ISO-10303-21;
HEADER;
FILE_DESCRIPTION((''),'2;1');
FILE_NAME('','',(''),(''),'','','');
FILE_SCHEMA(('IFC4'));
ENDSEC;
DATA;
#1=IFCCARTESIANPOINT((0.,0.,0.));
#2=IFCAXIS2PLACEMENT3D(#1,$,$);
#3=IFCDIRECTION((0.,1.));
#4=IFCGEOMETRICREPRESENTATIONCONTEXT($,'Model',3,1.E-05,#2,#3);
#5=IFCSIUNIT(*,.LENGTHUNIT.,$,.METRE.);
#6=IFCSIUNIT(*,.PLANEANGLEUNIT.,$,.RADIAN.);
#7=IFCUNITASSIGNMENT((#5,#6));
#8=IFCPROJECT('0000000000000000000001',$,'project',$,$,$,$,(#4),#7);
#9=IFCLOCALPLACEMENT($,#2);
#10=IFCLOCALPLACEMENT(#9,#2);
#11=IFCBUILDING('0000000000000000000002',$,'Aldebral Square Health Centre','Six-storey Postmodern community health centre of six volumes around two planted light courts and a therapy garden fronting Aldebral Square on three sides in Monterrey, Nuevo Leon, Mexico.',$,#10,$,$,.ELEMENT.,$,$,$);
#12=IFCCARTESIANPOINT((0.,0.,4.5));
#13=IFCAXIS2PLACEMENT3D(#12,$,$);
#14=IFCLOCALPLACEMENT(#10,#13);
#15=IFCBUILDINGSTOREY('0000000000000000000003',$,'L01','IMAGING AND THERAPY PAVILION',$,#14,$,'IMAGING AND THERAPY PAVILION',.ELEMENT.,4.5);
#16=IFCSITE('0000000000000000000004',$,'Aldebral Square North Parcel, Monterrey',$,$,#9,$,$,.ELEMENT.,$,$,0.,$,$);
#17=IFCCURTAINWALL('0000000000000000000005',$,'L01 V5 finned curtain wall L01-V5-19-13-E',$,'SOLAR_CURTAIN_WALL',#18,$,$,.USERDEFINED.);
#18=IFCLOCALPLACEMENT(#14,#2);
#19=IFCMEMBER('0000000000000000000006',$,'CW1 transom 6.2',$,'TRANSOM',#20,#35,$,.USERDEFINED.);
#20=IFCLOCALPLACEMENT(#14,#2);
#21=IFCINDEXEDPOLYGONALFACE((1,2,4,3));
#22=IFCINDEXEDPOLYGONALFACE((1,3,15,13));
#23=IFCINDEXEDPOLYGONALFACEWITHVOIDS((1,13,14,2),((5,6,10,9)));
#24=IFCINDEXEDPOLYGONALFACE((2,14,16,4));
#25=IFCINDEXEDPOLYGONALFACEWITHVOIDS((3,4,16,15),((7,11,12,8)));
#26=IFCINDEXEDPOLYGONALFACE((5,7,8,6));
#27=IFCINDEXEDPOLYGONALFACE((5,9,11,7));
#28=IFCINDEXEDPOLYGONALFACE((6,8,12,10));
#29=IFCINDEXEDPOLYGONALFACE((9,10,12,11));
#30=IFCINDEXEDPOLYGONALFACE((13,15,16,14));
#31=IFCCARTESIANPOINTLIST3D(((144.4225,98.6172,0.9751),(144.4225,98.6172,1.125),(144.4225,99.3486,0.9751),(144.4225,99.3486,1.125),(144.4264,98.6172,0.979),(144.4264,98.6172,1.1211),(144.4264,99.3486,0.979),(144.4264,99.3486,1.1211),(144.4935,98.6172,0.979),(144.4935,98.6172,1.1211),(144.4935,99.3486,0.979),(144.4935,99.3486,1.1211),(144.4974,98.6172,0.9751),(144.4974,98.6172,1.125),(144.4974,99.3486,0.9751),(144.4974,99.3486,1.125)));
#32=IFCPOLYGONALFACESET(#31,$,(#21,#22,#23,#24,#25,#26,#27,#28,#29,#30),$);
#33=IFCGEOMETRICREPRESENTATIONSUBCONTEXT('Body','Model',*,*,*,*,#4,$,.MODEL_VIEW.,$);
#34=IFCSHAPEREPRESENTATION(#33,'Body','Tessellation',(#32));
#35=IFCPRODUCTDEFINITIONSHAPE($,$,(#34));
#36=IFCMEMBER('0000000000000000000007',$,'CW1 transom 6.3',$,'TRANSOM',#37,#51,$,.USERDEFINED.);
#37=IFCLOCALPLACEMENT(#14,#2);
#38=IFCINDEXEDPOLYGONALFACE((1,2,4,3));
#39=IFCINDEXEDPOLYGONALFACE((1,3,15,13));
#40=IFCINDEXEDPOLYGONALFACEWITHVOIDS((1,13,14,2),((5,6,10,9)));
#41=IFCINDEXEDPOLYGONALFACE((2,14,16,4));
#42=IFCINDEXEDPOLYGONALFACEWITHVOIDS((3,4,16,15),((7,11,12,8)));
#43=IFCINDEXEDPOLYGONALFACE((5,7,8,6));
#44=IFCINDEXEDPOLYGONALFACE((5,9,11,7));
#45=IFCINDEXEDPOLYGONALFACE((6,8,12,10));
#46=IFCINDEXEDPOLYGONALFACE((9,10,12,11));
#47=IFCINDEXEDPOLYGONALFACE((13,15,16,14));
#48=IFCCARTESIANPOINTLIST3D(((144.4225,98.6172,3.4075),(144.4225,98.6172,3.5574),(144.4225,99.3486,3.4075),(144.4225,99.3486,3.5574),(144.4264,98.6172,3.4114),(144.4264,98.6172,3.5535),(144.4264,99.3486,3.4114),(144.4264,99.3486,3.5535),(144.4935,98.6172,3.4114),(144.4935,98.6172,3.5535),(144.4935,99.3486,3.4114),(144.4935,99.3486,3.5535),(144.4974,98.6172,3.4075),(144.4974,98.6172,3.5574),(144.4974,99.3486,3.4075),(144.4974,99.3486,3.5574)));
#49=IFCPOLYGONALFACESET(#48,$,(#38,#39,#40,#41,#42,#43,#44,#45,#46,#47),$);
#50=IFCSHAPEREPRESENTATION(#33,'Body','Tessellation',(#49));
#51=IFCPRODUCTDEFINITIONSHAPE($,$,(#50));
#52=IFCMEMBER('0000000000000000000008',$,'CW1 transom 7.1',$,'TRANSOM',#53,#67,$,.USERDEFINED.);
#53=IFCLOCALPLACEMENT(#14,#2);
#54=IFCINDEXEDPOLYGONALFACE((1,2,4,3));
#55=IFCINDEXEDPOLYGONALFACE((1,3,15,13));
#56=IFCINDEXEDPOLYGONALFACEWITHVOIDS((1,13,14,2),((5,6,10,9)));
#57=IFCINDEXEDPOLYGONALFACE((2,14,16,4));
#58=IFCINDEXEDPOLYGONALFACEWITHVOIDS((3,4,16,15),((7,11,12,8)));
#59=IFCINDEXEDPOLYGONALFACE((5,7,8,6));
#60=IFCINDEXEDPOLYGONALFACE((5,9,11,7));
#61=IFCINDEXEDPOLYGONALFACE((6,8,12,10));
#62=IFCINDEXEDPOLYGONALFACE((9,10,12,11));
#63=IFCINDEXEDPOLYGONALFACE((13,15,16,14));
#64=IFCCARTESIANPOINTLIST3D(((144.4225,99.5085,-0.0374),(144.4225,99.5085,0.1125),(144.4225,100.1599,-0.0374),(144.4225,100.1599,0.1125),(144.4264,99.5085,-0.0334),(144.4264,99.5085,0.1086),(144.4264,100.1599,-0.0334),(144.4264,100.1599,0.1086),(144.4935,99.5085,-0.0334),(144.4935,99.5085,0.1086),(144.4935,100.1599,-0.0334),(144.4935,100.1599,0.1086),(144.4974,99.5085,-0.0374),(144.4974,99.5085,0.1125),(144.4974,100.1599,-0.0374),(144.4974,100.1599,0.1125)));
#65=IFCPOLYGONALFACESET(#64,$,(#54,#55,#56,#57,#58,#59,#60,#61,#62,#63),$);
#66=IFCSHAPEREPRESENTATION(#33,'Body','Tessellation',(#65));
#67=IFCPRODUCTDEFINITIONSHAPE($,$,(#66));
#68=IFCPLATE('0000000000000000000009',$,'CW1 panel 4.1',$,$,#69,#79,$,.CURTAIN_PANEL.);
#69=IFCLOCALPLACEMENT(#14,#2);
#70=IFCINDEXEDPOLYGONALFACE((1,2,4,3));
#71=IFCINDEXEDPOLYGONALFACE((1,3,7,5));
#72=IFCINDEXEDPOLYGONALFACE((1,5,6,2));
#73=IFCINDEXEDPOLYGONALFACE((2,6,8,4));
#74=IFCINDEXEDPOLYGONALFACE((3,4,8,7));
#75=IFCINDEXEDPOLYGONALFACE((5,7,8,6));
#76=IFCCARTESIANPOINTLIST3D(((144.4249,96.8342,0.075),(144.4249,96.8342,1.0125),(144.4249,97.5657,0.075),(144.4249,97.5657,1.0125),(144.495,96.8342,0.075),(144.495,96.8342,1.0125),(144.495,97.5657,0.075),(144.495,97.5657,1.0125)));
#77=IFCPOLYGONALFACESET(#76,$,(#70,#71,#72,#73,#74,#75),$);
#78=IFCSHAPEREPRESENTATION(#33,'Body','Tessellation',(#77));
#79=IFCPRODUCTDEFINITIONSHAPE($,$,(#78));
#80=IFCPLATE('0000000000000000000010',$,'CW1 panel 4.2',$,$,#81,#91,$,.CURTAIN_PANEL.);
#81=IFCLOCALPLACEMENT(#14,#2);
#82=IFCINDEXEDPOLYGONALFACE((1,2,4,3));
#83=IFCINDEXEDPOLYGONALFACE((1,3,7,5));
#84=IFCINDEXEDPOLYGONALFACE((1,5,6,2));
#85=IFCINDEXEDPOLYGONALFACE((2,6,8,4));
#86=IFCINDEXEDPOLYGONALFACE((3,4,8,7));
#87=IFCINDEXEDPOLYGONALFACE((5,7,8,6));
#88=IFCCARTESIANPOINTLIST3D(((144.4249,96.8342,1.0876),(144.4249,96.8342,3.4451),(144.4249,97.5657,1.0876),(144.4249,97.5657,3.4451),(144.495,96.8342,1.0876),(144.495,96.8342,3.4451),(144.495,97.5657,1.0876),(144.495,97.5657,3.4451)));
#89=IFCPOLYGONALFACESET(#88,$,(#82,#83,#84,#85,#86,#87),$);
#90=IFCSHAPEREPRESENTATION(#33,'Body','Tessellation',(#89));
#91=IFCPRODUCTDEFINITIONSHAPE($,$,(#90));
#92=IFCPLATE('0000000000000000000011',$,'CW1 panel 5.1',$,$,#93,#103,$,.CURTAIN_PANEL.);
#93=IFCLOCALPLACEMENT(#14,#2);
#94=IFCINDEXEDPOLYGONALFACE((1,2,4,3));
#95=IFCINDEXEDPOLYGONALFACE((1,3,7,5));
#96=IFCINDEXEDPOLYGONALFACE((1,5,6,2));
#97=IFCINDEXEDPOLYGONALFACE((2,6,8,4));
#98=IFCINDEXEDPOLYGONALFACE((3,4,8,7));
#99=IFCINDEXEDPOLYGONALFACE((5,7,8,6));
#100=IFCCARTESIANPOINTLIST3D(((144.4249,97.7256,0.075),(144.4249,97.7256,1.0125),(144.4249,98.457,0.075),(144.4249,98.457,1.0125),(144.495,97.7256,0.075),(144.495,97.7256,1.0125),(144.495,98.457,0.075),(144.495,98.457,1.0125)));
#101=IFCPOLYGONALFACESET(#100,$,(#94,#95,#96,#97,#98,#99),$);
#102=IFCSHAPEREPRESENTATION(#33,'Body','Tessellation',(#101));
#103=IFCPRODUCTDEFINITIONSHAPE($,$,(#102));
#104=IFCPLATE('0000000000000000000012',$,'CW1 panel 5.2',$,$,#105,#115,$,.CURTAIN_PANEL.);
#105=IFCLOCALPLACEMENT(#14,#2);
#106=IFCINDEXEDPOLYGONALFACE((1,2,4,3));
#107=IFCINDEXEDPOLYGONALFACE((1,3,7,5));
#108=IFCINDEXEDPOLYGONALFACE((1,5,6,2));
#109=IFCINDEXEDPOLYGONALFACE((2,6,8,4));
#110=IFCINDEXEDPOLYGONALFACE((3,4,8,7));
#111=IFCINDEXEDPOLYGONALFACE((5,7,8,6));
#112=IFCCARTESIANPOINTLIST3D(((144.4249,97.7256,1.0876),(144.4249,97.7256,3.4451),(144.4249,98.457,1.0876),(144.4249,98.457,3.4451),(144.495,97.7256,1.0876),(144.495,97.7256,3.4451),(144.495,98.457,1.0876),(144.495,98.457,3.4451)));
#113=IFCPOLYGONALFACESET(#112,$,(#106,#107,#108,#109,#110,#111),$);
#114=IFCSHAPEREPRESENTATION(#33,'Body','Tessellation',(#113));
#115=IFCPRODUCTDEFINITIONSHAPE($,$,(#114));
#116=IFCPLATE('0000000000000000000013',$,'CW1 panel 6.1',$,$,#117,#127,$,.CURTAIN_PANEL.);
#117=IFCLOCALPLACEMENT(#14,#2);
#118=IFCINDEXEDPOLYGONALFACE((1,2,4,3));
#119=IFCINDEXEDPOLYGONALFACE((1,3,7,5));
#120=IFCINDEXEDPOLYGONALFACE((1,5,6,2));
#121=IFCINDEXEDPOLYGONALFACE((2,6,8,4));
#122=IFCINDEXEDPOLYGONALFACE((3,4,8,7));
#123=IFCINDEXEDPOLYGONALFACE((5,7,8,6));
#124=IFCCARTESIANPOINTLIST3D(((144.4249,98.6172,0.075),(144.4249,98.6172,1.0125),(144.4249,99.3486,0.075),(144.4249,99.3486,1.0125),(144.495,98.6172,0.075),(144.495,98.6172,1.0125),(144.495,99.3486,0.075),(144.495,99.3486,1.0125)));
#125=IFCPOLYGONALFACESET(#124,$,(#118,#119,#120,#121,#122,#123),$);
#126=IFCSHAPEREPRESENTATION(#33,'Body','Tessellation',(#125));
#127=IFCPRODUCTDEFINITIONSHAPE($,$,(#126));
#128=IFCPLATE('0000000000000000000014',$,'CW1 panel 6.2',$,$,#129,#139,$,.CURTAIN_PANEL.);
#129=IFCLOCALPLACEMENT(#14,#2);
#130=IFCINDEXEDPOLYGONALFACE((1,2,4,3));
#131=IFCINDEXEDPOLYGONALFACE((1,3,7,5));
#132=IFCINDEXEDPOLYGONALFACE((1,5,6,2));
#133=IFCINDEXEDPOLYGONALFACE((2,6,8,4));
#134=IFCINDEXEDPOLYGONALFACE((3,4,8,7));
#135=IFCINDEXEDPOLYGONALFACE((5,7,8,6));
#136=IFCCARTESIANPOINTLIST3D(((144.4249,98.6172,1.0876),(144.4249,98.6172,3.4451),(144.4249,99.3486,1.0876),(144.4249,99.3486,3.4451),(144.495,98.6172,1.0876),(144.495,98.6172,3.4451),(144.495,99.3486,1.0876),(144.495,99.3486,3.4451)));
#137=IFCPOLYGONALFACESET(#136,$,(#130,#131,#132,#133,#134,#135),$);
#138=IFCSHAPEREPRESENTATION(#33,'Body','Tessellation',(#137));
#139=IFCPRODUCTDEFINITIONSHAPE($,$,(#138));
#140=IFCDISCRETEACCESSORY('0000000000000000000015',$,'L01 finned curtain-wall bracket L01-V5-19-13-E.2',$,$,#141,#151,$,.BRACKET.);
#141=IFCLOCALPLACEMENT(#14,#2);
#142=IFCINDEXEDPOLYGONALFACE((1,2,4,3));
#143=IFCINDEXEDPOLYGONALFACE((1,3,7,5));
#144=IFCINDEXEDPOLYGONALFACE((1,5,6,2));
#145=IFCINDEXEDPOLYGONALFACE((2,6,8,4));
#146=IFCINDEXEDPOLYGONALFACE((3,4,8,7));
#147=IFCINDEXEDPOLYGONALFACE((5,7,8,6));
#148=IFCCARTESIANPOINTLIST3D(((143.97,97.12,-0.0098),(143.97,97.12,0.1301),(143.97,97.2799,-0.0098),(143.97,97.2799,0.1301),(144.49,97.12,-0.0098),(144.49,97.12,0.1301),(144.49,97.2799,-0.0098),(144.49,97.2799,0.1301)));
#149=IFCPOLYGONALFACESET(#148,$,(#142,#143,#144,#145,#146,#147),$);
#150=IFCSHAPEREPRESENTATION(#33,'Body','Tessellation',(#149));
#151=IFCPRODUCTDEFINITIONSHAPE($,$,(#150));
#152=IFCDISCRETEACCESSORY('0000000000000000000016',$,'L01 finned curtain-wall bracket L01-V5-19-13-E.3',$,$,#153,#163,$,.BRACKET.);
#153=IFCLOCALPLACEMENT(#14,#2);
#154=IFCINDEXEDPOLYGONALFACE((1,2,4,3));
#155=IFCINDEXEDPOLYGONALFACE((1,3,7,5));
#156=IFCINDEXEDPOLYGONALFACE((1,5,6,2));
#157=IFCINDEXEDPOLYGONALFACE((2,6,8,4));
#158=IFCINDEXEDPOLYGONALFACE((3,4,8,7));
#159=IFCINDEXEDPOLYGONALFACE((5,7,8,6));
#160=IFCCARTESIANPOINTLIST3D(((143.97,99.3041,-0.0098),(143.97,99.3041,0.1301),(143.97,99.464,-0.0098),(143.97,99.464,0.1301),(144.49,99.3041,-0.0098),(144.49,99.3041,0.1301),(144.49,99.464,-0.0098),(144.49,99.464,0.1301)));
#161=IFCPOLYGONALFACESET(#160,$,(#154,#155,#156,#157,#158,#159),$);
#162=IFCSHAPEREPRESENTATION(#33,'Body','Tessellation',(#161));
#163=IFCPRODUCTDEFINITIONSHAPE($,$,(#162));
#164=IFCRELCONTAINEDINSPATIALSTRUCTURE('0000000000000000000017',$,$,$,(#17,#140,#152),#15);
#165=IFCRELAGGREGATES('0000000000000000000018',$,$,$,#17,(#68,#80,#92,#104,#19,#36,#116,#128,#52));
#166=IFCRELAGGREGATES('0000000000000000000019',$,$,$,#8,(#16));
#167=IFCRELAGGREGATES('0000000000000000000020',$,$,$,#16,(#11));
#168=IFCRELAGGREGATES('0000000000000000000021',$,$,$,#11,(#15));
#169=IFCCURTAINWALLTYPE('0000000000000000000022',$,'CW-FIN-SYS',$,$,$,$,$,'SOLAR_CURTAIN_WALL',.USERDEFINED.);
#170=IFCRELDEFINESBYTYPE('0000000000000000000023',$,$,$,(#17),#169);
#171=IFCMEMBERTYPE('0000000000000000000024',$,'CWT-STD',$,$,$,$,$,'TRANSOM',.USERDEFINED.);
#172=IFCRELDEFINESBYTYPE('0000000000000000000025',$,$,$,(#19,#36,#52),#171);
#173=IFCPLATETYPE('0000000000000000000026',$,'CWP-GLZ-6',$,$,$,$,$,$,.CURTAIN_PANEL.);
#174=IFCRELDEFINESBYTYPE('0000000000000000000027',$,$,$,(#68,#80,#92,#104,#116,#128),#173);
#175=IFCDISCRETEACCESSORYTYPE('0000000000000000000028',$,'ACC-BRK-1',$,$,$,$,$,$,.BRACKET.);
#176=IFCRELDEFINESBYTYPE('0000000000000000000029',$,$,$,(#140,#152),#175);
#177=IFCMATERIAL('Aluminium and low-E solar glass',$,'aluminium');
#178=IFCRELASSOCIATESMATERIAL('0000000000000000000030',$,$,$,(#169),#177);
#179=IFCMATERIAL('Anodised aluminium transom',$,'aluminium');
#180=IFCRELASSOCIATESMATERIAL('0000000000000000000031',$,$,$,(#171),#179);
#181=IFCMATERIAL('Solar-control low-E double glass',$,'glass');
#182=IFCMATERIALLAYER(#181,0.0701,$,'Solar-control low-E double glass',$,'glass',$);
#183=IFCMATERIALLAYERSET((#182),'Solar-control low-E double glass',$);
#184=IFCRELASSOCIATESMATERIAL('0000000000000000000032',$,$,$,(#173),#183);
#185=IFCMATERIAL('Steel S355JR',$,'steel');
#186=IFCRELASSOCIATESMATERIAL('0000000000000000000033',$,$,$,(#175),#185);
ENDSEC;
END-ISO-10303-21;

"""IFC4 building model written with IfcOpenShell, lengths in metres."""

from ifc_helpers import new_model, si_unit, direction, frame, origin, origin_2d, place, context, subcontext, project, spatial, rectangle, hollow_rectangle, extrude, material, layer, layer_set, material_profile, profile_set, type_object, element, aggregate, save


model = new_model("IFC4")

# Units and contexts
model_context = context("Model", 3, precision=1e-05, world=origin(), true_north=direction((0.0, 1.0)))
body_context = subcontext(model_context, "Body", "Model", "MODEL_VIEW")
ifc_project = project(units=[si_unit("LENGTHUNIT", "METRE"), si_unit("PLANEANGLEUNIT", "RADIAN")], contexts=[model_context])

# Site, building, storey
site_placement = place(None, origin())
site = spatial("IfcSite", under=ifc_project, at=site_placement, Name="Aldebral Square North Parcel, Monterrey", CompositionType="ELEMENT", RefElevation=0.0)
building_placement = place(site_placement, origin())
building = spatial("IfcBuilding", under=site, at=building_placement, Name="Aldebral Square Health Centre", Description="Six-storey Postmodern community health centre of six volumes around two planted light courts and a therapy garden fronting Aldebral Square on three sides in Monterrey, Nuevo Leon, Mexico.", CompositionType="ELEMENT")
storey_placement = place(building_placement, frame((0.0, 0.0, 4.5)))
storey = spatial("IfcBuildingStorey", under=building, at=storey_placement, Name="L01", Description="IMAGING AND THERAPY PAVILION", LongName="IMAGING AND THERAPY PAVILION", CompositionType="ELEMENT", Elevation=4.5)

# Curtain wall, members, plates
ifc_material_1 = material(Name="Aluminium and low-E solar glass", Category="aluminium")
curtain_wall_type = type_object("IfcCurtainWallType", Name="CW-FIN-SYS", ElementType="SOLAR_CURTAIN_WALL", PredefinedType="USERDEFINED", material=ifc_material_1)
curtain_wall_placement = place(storey_placement, origin())
curtain_wall = element("IfcCurtainWall", 1, at=curtain_wall_placement, inside=storey, type_object=curtain_wall_type, Name="L01 V5 finned curtain wall L01-V5-19-13-E", ObjectType="SOLAR_CURTAIN_WALL", PredefinedType="USERDEFINED")
ifc_material_2 = material(Name="Anodised aluminium transom", Category="aluminium")
ifc_material_profile_1 = material_profile(ifc_material_2, hollow_rectangle(XDim=0.075, YDim=0.1499, WallThickness=0.0039, at=origin_2d()), Name="CWT 75x150x4")
ifc_profile_set_1 = profile_set([ifc_material_profile_1], Name="Anodised aluminium transom")
member_type_1 = type_object("IfcMemberType", Name="CWT-STD", ElementType="TRANSOM", PredefinedType="USERDEFINED", material=ifc_profile_set_1)
member_1_placement = place(storey_placement, frame((144.46, 98.6172, 1.05), z_axis=(0.0, 1.0, 0.0), x_axis=(-1.0, 0.0, 0.0)))
member_1 = element("IfcMember", 2, at=member_1_placement, type_object=member_type_1, Name="CW1 transom 6.2", ObjectType="TRANSOM", PredefinedType="USERDEFINED", context=body_context, shape_type="SweptSolid", body=[
    extrude(hollow_rectangle(XDim=0.075, YDim=0.1499, WallThickness=0.0039, at=origin_2d()), origin(), (0.0, 0.0, 1.0), 0.7314),
])
member_2_placement = place(storey_placement, frame((144.46, 98.6172, 3.4824), z_axis=(0.0, 1.0, 0.0), x_axis=(-1.0, 0.0, 0.0)))
member_2 = element("IfcMember", 3, at=member_2_placement, type_object=member_type_1, Name="CW1 transom 6.3", ObjectType="TRANSOM", PredefinedType="USERDEFINED", context=body_context, shape_type="SweptSolid", body=[
    extrude(hollow_rectangle(XDim=0.075, YDim=0.1499, WallThickness=0.0039, at=origin_2d()), origin(), (0.0, 0.0, 1.0), 0.7314),
])
member_3_placement = place(storey_placement, frame((144.46, 99.5085, 0.0376), z_axis=(0.0, 1.0, 0.0), x_axis=(-1.0, 0.0, 0.0)))
member_3 = element("IfcMember", 4, at=member_3_placement, type_object=member_type_1, Name="CW1 transom 7.1", ObjectType="TRANSOM", PredefinedType="USERDEFINED", context=body_context, shape_type="SweptSolid", body=[
    extrude(hollow_rectangle(XDim=0.075, YDim=0.1499, WallThickness=0.0039, at=origin_2d()), origin(), (0.0, 0.0, 1.0), 0.6514),
])
ifc_material_3 = material(Name="Solar-control low-E double glass", Category="glass")
ifc_layer = layer(ifc_material_3, 0.0701, Name="Solar-control low-E double glass", Category="glass")
ifc_layer_set = layer_set([ifc_layer], Name="Solar-control low-E double glass")
plate_type = type_object("IfcPlateType", Name="CWP-GLZ-6", PredefinedType="CURTAIN_PANEL", material=ifc_layer_set)
plate_1_placement = place(storey_placement, frame((144.46, 97.2, 0.075), z_axis=(0.0, 0.0, 1.0), x_axis=(0.0, 1.0, 0.0)))
plate_1 = element("IfcPlate", 5, at=plate_1_placement, type_object=plate_type, Name="CW1 panel 4.1", PredefinedType="CURTAIN_PANEL", context=body_context, shape_type="SweptSolid", body=[
    extrude(rectangle(XDim=0.7314, YDim=0.0701, at=origin_2d()), origin(), (0.0, 0.0, 1.0), 0.9375),
])
plate_2_placement = place(storey_placement, frame((144.46, 97.2, 1.0876), z_axis=(0.0, 0.0, 1.0), x_axis=(0.0, 1.0, 0.0)))
plate_2 = element("IfcPlate", 6, at=plate_2_placement, type_object=plate_type, Name="CW1 panel 4.2", PredefinedType="CURTAIN_PANEL", context=body_context, shape_type="SweptSolid", body=[
    extrude(rectangle(XDim=0.7314, YDim=0.0701, at=origin_2d()), origin(), (0.0, 0.0, 1.0), 2.3574),
])
plate_3_placement = place(storey_placement, frame((144.46, 98.0913, 0.075), z_axis=(0.0, 0.0, 1.0), x_axis=(0.0, 1.0, 0.0)))
plate_3 = element("IfcPlate", 7, at=plate_3_placement, type_object=plate_type, Name="CW1 panel 5.1", PredefinedType="CURTAIN_PANEL", context=body_context, shape_type="SweptSolid", body=[
    extrude(rectangle(XDim=0.7314, YDim=0.0701, at=origin_2d()), origin(), (0.0, 0.0, 1.0), 0.9375),
])
plate_4_placement = place(storey_placement, frame((144.46, 98.0913, 1.0876), z_axis=(0.0, 0.0, 1.0), x_axis=(0.0, 1.0, 0.0)))
plate_4 = element("IfcPlate", 8, at=plate_4_placement, type_object=plate_type, Name="CW1 panel 5.2", PredefinedType="CURTAIN_PANEL", context=body_context, shape_type="SweptSolid", body=[
    extrude(rectangle(XDim=0.7314, YDim=0.0701, at=origin_2d()), origin(), (0.0, 0.0, 1.0), 2.3574),
])
plate_5_placement = place(storey_placement, frame((144.46, 98.9829, 0.075), z_axis=(0.0, 0.0, 1.0), x_axis=(0.0, 1.0, 0.0)))
plate_5 = element("IfcPlate", 9, at=plate_5_placement, type_object=plate_type, Name="CW1 panel 6.1", PredefinedType="CURTAIN_PANEL", context=body_context, shape_type="SweptSolid", body=[
    extrude(rectangle(XDim=0.7314, YDim=0.0701, at=origin_2d()), origin(), (0.0, 0.0, 1.0), 0.9375),
])
plate_6_placement = place(storey_placement, frame((144.46, 98.9829, 1.0876), z_axis=(0.0, 0.0, 1.0), x_axis=(0.0, 1.0, 0.0)))
plate_6 = element("IfcPlate", 10, at=plate_6_placement, type_object=plate_type, Name="CW1 panel 6.2", PredefinedType="CURTAIN_PANEL", context=body_context, shape_type="SweptSolid", body=[
    extrude(rectangle(XDim=0.7314, YDim=0.0701, at=origin_2d()), origin(), (0.0, 0.0, 1.0), 2.3574),
])
aggregate(curtain_wall, [plate_1, plate_2, plate_3, plate_4, member_1, member_2, plate_5, plate_6, member_3])

# Discrete accessories
ifc_material_4 = material(Name="Steel S355JR", Category="steel")
discrete_accessory_type = type_object("IfcDiscreteAccessoryType", Name="ACC-BRK-1", PredefinedType="BRACKET", material=ifc_material_4)
for number, where, z_axis, x_axis, name in (
    (11, (144.23, 97.2, -0.0098), (0.0, 0.0, 1.0), (0.0, 1.0, 0.0), "L01 finned curtain-wall bracket L01-V5-19-13-E.2"),
    (12, (144.23, 99.384, -0.0098), (0.0, 0.0, 1.0), (0.0, 1.0, 0.0), "L01 finned curtain-wall bracket L01-V5-19-13-E.3"),
):
    element("IfcDiscreteAccessory", number, at=place(storey_placement, frame(where, z_axis=z_axis, x_axis=x_axis)), inside=storey, type_object=discrete_accessory_type, Name=name, PredefinedType="BRACKET", context=body_context, shape_type="SweptSolid", body=[
        extrude(rectangle(XDim=0.1599, YDim=0.52, at=origin_2d()), origin(), (0.0, 0.0, 1.0), 0.1399),
    ])

save(model, "model.ifc")
